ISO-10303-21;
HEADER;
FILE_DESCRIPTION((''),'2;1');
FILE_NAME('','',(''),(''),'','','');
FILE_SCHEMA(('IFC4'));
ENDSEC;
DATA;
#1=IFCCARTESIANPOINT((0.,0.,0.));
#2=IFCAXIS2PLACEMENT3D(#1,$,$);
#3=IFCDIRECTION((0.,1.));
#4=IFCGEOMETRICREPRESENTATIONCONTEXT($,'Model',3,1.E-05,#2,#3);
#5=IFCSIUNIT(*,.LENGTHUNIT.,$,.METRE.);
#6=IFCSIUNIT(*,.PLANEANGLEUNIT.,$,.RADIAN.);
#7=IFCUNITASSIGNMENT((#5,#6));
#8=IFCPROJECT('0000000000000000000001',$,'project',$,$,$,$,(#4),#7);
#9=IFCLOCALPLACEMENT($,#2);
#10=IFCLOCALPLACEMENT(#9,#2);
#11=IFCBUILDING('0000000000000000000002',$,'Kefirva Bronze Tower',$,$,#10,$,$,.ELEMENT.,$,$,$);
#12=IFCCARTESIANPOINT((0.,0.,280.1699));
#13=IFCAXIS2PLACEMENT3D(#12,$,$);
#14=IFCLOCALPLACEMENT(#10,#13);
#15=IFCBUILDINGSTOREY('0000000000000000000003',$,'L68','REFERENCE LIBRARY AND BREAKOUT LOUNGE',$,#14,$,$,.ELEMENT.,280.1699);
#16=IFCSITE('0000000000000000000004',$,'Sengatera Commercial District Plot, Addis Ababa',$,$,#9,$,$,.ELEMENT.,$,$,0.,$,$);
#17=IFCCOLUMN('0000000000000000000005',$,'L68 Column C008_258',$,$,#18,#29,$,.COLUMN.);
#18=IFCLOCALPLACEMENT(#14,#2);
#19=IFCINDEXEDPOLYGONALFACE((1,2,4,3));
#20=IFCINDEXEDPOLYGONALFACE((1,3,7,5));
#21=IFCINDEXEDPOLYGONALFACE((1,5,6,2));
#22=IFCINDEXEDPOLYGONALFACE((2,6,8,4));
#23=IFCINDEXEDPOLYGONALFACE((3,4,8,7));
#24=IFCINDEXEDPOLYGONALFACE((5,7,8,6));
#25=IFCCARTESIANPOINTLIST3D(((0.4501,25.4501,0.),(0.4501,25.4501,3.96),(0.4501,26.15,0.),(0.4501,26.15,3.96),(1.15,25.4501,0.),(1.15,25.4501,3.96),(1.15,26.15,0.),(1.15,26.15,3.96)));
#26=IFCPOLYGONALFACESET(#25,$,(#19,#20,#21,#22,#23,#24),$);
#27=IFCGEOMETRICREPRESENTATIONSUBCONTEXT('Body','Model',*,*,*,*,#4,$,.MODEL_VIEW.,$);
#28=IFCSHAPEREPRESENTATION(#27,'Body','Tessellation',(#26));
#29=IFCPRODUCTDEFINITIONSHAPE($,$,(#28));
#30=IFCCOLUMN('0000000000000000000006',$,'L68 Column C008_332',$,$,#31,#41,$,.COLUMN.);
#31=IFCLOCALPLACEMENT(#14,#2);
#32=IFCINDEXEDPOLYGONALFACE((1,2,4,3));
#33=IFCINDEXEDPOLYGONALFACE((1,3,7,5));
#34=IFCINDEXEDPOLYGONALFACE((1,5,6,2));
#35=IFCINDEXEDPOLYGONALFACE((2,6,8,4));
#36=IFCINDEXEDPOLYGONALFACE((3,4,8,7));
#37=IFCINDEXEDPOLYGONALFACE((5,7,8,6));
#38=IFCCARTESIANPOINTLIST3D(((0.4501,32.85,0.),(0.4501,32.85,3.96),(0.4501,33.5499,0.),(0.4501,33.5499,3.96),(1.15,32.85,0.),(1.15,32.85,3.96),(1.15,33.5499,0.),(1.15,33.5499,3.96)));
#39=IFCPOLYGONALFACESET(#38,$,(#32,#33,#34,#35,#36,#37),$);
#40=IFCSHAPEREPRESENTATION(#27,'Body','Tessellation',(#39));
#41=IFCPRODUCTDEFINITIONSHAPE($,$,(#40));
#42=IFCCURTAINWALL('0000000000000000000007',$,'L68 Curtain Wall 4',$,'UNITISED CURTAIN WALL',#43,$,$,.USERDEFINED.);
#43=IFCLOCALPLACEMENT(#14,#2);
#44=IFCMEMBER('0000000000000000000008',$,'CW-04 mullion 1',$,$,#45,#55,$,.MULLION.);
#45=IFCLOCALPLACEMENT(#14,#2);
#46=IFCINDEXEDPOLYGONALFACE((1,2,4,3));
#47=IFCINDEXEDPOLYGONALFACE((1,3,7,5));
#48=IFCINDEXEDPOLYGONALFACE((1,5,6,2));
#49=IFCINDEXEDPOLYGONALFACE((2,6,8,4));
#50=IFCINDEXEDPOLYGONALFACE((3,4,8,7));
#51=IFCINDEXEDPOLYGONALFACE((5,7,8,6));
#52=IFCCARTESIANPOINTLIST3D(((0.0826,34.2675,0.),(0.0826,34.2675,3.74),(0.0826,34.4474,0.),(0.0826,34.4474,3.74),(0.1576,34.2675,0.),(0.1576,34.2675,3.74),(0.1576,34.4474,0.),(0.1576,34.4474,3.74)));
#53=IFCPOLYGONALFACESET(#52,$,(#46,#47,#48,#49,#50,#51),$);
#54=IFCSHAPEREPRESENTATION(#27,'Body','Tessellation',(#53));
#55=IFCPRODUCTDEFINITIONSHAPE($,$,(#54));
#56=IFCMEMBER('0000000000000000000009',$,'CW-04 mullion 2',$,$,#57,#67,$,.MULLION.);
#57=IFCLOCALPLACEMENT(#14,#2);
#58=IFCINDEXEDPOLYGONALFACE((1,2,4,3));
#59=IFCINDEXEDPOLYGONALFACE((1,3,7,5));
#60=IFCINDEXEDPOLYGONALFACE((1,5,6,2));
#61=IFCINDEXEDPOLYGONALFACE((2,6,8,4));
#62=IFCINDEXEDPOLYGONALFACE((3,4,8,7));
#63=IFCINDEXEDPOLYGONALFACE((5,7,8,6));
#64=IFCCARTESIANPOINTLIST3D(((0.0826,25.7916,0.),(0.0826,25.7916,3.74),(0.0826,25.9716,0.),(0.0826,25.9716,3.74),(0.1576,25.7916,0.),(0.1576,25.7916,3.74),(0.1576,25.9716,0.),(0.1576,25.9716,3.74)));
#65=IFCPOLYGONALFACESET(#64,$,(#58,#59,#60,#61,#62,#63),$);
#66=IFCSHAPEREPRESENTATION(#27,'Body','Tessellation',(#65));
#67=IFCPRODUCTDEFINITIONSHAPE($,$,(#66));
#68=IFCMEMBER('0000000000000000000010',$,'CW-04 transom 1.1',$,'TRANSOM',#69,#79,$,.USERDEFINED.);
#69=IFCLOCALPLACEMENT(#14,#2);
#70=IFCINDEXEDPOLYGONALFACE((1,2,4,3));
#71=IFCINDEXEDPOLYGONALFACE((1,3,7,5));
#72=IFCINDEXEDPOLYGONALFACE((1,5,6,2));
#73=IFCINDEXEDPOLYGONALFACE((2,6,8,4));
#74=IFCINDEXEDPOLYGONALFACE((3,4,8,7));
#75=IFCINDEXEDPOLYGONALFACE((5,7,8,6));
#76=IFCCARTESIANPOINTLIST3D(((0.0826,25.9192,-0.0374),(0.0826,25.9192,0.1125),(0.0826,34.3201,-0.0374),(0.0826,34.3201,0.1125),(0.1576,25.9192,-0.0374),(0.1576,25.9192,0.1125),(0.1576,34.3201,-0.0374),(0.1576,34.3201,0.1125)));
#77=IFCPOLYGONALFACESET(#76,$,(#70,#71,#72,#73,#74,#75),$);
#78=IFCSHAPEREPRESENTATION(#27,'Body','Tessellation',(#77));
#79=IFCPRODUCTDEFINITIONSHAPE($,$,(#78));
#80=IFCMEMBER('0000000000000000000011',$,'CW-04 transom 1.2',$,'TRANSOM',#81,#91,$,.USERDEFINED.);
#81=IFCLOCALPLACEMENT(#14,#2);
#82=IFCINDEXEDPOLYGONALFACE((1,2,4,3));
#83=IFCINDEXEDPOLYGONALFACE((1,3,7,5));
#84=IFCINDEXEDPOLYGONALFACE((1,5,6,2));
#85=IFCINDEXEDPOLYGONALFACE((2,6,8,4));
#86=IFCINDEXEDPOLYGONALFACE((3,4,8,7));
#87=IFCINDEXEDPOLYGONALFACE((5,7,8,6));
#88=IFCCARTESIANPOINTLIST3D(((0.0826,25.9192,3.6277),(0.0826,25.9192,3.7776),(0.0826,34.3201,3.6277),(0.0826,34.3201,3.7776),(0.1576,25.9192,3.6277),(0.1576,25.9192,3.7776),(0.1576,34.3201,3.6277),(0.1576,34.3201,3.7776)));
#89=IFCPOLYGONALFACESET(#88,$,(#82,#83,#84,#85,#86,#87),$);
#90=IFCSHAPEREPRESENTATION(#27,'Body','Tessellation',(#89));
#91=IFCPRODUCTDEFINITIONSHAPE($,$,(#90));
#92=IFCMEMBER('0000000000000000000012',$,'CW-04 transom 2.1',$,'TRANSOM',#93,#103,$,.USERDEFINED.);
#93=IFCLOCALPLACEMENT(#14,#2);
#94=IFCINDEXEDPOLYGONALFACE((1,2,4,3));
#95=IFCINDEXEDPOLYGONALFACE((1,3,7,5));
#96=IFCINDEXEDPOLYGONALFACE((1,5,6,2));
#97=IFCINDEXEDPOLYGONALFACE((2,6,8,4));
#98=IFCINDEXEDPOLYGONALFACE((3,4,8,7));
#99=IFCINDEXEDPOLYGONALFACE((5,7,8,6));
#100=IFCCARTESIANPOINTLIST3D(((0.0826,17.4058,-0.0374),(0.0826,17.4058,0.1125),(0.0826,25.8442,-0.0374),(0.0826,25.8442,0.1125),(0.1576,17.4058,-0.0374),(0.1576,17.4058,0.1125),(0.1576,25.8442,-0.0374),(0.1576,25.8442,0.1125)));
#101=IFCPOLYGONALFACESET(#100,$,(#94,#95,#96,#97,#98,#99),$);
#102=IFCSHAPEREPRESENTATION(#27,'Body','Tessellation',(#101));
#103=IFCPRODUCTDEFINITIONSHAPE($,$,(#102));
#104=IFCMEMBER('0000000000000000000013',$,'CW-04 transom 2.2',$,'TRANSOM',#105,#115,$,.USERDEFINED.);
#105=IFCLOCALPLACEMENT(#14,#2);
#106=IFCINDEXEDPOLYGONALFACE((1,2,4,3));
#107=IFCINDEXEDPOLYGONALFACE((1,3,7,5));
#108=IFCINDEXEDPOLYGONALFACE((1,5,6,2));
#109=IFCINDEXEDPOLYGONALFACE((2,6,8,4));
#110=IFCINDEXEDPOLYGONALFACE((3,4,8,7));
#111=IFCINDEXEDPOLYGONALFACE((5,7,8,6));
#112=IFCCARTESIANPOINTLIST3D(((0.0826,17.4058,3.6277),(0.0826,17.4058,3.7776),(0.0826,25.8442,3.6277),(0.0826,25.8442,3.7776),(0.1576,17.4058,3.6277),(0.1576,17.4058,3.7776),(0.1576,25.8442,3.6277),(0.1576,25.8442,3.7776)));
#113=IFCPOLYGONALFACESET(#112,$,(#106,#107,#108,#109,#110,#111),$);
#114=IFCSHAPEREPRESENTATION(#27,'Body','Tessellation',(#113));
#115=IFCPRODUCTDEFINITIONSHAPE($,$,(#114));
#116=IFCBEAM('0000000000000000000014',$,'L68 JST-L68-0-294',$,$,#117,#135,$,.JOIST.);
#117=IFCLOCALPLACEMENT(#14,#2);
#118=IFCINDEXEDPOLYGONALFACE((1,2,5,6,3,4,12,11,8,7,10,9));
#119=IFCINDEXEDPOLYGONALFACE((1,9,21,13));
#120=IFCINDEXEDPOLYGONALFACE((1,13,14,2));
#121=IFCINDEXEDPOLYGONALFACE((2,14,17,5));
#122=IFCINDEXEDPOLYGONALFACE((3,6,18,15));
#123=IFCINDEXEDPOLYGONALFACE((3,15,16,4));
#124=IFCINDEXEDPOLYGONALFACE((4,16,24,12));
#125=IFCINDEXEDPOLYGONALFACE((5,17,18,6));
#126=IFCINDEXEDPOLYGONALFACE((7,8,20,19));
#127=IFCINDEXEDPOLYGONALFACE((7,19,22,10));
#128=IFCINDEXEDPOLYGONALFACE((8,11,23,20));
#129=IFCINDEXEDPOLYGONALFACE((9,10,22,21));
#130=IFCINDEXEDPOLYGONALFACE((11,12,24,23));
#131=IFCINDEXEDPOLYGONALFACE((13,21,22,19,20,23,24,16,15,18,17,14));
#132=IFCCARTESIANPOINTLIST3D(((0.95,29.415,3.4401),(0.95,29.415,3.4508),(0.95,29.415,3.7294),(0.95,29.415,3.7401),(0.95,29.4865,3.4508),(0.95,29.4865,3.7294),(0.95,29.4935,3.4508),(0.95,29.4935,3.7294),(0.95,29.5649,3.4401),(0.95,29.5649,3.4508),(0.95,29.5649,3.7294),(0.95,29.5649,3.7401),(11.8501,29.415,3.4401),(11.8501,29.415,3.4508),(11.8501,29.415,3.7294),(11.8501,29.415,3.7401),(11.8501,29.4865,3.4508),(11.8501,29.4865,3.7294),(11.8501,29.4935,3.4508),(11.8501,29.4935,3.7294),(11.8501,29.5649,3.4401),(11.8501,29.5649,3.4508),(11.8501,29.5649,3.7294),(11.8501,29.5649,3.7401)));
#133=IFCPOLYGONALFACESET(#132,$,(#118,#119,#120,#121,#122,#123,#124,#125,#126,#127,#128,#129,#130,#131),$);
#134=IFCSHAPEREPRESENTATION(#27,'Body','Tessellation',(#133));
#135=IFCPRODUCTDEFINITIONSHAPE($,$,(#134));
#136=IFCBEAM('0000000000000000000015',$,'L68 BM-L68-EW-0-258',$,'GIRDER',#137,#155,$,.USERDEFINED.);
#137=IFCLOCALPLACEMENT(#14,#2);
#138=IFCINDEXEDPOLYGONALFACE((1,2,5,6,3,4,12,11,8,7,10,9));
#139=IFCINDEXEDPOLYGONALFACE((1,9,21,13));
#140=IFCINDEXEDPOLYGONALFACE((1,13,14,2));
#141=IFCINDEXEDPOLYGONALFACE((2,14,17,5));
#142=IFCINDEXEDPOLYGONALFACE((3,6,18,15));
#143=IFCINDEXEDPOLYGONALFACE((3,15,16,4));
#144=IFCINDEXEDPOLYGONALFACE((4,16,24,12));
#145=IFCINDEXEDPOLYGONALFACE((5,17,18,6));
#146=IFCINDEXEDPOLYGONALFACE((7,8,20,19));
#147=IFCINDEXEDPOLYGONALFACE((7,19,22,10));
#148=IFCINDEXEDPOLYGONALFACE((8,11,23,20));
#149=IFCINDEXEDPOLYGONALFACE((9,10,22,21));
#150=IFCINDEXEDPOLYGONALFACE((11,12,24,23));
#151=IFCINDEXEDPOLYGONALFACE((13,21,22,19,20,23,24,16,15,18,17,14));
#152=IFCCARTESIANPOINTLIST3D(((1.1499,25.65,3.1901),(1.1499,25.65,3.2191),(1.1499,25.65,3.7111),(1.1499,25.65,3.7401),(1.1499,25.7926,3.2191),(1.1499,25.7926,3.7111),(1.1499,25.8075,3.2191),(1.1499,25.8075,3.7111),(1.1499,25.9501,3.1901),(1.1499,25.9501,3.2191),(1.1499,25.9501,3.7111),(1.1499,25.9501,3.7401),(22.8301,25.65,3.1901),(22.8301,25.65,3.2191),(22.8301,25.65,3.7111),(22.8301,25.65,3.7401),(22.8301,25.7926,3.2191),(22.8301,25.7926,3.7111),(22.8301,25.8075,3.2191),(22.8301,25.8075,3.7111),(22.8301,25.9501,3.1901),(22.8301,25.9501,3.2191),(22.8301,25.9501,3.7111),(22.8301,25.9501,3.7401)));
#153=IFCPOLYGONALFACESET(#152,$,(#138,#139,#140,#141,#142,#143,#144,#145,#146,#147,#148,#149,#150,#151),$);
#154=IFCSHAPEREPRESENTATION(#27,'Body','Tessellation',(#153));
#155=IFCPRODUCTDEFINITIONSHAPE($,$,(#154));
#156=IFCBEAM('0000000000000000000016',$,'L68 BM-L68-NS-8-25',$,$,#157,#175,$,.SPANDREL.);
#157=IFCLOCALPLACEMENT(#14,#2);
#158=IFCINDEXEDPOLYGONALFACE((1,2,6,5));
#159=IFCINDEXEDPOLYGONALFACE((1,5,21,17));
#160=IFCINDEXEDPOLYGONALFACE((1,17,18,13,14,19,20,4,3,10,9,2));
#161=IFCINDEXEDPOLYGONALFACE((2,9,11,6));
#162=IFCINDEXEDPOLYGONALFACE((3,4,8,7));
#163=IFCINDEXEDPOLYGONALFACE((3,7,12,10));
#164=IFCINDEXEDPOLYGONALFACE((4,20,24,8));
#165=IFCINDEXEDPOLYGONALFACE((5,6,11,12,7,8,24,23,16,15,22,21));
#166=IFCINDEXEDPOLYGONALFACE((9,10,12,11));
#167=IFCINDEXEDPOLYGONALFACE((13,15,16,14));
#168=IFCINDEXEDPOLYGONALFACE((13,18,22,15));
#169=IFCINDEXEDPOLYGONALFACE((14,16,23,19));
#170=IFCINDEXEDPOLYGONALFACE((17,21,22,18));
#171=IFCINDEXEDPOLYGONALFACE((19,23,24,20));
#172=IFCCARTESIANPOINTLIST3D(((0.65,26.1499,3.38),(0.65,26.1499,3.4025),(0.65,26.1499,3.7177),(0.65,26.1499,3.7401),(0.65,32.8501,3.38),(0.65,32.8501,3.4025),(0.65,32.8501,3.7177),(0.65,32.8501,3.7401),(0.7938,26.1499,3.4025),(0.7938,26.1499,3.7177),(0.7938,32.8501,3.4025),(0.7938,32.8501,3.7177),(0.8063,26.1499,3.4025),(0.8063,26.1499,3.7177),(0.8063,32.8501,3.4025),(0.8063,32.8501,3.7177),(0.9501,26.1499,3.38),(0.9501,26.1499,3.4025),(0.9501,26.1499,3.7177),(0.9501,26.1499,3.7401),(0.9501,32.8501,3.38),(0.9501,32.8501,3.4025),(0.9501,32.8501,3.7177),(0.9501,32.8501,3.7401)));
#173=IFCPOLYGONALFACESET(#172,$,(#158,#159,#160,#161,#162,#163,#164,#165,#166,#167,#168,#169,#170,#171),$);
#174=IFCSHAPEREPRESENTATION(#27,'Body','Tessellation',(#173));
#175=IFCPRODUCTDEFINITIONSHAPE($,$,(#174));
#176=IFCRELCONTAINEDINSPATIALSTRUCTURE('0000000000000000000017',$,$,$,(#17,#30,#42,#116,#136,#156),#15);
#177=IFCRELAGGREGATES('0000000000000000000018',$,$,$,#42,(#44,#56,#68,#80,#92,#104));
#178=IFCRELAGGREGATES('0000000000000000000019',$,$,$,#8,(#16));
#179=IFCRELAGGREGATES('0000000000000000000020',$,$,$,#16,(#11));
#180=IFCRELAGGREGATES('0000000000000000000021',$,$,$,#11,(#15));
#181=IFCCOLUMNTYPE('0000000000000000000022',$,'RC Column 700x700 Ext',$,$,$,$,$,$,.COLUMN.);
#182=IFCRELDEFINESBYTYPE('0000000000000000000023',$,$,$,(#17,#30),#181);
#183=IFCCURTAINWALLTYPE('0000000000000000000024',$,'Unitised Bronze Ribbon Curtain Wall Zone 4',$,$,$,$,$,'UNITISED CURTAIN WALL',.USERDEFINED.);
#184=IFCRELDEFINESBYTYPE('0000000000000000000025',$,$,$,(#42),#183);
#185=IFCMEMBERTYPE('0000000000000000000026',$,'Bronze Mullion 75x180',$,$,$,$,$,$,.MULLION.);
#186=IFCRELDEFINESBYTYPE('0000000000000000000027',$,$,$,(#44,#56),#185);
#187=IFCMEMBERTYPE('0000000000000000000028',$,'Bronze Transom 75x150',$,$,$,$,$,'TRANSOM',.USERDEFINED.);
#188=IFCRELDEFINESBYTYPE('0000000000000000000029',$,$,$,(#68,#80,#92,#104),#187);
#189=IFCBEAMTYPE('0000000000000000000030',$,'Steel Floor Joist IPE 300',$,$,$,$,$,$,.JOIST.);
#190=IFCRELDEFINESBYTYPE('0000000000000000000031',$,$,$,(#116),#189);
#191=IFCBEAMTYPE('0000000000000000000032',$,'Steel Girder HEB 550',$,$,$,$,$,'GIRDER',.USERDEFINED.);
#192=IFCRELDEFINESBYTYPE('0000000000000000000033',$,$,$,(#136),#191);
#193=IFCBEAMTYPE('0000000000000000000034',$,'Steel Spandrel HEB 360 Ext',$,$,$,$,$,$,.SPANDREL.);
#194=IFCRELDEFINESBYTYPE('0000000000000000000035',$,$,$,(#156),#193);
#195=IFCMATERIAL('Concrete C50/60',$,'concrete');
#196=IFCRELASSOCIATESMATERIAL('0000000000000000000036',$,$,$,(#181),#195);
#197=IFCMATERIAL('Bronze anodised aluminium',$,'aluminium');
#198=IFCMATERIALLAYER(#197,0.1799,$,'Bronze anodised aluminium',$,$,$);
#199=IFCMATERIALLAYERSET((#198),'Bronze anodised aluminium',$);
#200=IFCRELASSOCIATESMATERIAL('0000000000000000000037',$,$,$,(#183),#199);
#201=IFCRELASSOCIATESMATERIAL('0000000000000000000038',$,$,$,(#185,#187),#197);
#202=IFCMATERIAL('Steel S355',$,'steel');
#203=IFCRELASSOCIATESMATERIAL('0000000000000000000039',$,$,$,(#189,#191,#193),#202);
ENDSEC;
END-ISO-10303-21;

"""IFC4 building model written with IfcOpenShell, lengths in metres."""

from ifc_helpers import new_model, si_unit, direction, frame, origin, origin_2d, place, context, subcontext, project, spatial, rectangle, i_section, extrude, material, layer, layer_set, material_profile, profile_set, type_object, element, aggregate, save


model = new_model("IFC4")

# Units and contexts
model_context = context("Model", 3, precision=1e-05, world=origin(), true_north=direction((0.0, 1.0)))
body_context = subcontext(model_context, "Body", "Model", "MODEL_VIEW")
ifc_project = project(units=[si_unit("LENGTHUNIT", "METRE"), si_unit("PLANEANGLEUNIT", "RADIAN")], contexts=[model_context])

# Site, building, storey
site_placement = place(None, origin())
site = spatial("IfcSite", under=ifc_project, at=site_placement, Name="Sengatera Commercial District Plot, Addis Ababa", CompositionType="ELEMENT", RefElevation=0.0)
building_placement = place(site_placement, origin())
building = spatial("IfcBuilding", under=site, at=building_placement, Name="Kefirva Bronze Tower", CompositionType="ELEMENT")
storey_placement = place(building_placement, frame((0.0, 0.0, 280.1699)))
storey = spatial("IfcBuildingStorey", under=building, at=storey_placement, Name="L68", Description="REFERENCE LIBRARY AND BREAKOUT LOUNGE", CompositionType="ELEMENT", Elevation=280.1699)

# Columns
ifc_material_1 = material(Name="Concrete C50/60", Category="concrete")
ifc_material_profile_1 = material_profile(ifc_material_1, rectangle(XDim=0.7, YDim=0.7, at=origin_2d()), Name="RC 700x700")
ifc_profile_set_1 = profile_set([ifc_material_profile_1], Name="Concrete C50/60")
column_type = type_object("IfcColumnType", Name="RC Column 700x700 Ext", PredefinedType="COLUMN", material=ifc_profile_set_1)
for number, where, z_axis, x_axis, name in (
    (1, (0.8, 25.8, 0.0), (0.0, 0.0, 1.0), (1.0, 0.0, 0.0), "L68 Column C008_258"),
    (2, (0.8, 33.2, 0.0), (0.0, 0.0, 1.0), (1.0, 0.0, 0.0), "L68 Column C008_332"),
):
    element("IfcColumn", number, at=place(storey_placement, frame(where, z_axis=z_axis, x_axis=x_axis)), inside=storey, type_object=column_type, Name=name, PredefinedType="COLUMN", context=body_context, shape_type="SweptSolid", body=[
        extrude(rectangle(XDim=0.7, YDim=0.7, at=origin_2d()), origin(), (0.0, 0.0, 1.0), 3.96),
    ])

# Curtain wall, members
ifc_material_2 = material(Name="Bronze anodised aluminium", Category="aluminium")
ifc_layer_1 = layer(ifc_material_2, 0.1799, Name="Bronze anodised aluminium")
ifc_layer_set_1 = layer_set([ifc_layer_1], Name="Bronze anodised aluminium")
curtain_wall_type = type_object("IfcCurtainWallType", Name="Unitised Bronze Ribbon Curtain Wall Zone 4", ElementType="UNITISED CURTAIN WALL", PredefinedType="USERDEFINED", material=ifc_layer_set_1)
curtain_wall_placement = place(storey_placement, origin())
curtain_wall = element("IfcCurtainWall", 3, at=curtain_wall_placement, inside=storey, type_object=curtain_wall_type, Name="L68 Curtain Wall 4", ObjectType="UNITISED CURTAIN WALL", PredefinedType="USERDEFINED")
ifc_material_profile_2 = material_profile(ifc_material_2, rectangle(XDim=0.075, YDim=0.1799, at=origin_2d()), Name="ALU 75x180")
ifc_profile_set_2 = profile_set([ifc_material_profile_2], Name="Bronze anodised aluminium")
member_type_1 = type_object("IfcMemberType", Name="Bronze Mullion 75x180", PredefinedType="MULLION", material=ifc_profile_set_2)
member_1_placement = place(storey_placement, frame((0.1201, 34.3574, 0.0), z_axis=(0.0, 0.0, 1.0), x_axis=(1.0, 0.0, 0.0)))
member_1 = element("IfcMember", 4, at=member_1_placement, type_object=member_type_1, Name="CW-04 mullion 1", PredefinedType="MULLION", context=body_context, shape_type="SweptSolid", body=[
    extrude(rectangle(XDim=0.075, YDim=0.1799, at=origin_2d()), origin(), (0.0, 0.0, 1.0), 3.74),
])
member_2_placement = place(storey_placement, frame((0.1201, 25.8816, 0.0), z_axis=(0.0, 0.0, 1.0), x_axis=(1.0, 0.0, 0.0)))
member_2 = element("IfcMember", 5, at=member_2_placement, type_object=member_type_1, Name="CW-04 mullion 2", PredefinedType="MULLION", context=body_context, shape_type="SweptSolid", body=[
    extrude(rectangle(XDim=0.075, YDim=0.1799, at=origin_2d()), origin(), (0.0, 0.0, 1.0), 3.74),
])
ifc_material_profile_3 = material_profile(ifc_material_2, rectangle(XDim=0.075, YDim=0.1499, at=origin_2d()), Name="ALU 75x150")
ifc_profile_set_3 = profile_set([ifc_material_profile_3], Name="Bronze anodised aluminium")
member_type_2 = type_object("IfcMemberType", Name="Bronze Transom 75x150", ElementType="TRANSOM", PredefinedType="USERDEFINED", material=ifc_profile_set_3)
member_3_placement = place(storey_placement, frame((0.1201, 34.3201, 0.0376), z_axis=(0.0, -1.0, 0.0), x_axis=(1.0, 0.0, 0.0)))
member_3 = element("IfcMember", 6, at=member_3_placement, type_object=member_type_2, Name="CW-04 transom 1.1", ObjectType="TRANSOM", PredefinedType="USERDEFINED", context=body_context, shape_type="SweptSolid", body=[
    extrude(rectangle(XDim=0.075, YDim=0.1499, at=origin_2d()), origin(), (0.0, 0.0, 1.0), 8.4009),
])
member_4_placement = place(storey_placement, frame((0.1201, 34.3201, 3.7026), z_axis=(0.0, -1.0, 0.0), x_axis=(1.0, 0.0, 0.0)))
member_4 = element("IfcMember", 7, at=member_4_placement, type_object=member_type_2, Name="CW-04 transom 1.2", ObjectType="TRANSOM", PredefinedType="USERDEFINED", context=body_context, shape_type="SweptSolid", body=[
    extrude(rectangle(XDim=0.075, YDim=0.1499, at=origin_2d()), origin(), (0.0, 0.0, 1.0), 8.4009),
])
member_5_placement = place(storey_placement, frame((0.1201, 25.8442, 0.0376), z_axis=(0.0, -1.0, 0.0), x_axis=(1.0, 0.0, 0.0)))
member_5 = element("IfcMember", 8, at=member_5_placement, type_object=member_type_2, Name="CW-04 transom 2.1", ObjectType="TRANSOM", PredefinedType="USERDEFINED", context=body_context, shape_type="SweptSolid", body=[
    extrude(rectangle(XDim=0.075, YDim=0.1499, at=origin_2d()), origin(), (0.0, 0.0, 1.0), 8.4385),
])
member_6_placement = place(storey_placement, frame((0.1201, 25.8442, 3.7026), z_axis=(0.0, -1.0, 0.0), x_axis=(1.0, 0.0, 0.0)))
member_6 = element("IfcMember", 9, at=member_6_placement, type_object=member_type_2, Name="CW-04 transom 2.2", ObjectType="TRANSOM", PredefinedType="USERDEFINED", context=body_context, shape_type="SweptSolid", body=[
    extrude(rectangle(XDim=0.075, YDim=0.1499, at=origin_2d()), origin(), (0.0, 0.0, 1.0), 8.4385),
])

# Beams
ifc_material_3 = material(Name="Steel S355", Category="steel")
ifc_material_profile_4 = material_profile(ifc_material_3, i_section(OverallWidth=0.1499, OverallDepth=0.3, WebThickness=0.0071, FlangeThickness=0.0107, at=origin_2d()), Name="IPE 300")
ifc_profile_set_4 = profile_set([ifc_material_profile_4], Name="Steel S355")
beam_type_1 = type_object("IfcBeamType", Name="Steel Floor Joist IPE 300", PredefinedType="JOIST", material=ifc_profile_set_4)
beam_1_placement = place(storey_placement, frame((0.95, 29.49, 3.5901), z_axis=(1.0, 0.0, 0.0), x_axis=(0.0, 1.0, 0.0)))
element("IfcBeam", 10, at=beam_1_placement, inside=storey, type_object=beam_type_1, Name="L68 JST-L68-0-294", PredefinedType="JOIST", context=body_context, shape_type="SweptSolid", body=[
    extrude(i_section(OverallWidth=0.1499, OverallDepth=0.3, WebThickness=0.0071, FlangeThickness=0.0107, at=origin_2d()), origin(), (0.0, 0.0, 1.0), 10.9001),
])
ifc_material_profile_5 = material_profile(ifc_material_3, i_section(OverallWidth=0.3, OverallDepth=0.55, WebThickness=0.0149, FlangeThickness=0.0291, at=origin_2d()), Name="HEB 550")
ifc_profile_set_5 = profile_set([ifc_material_profile_5], Name="Steel S355")
beam_type_2 = type_object("IfcBeamType", Name="Steel Girder HEB 550", ElementType="GIRDER", PredefinedType="USERDEFINED", material=ifc_profile_set_5)
beam_2_placement = place(storey_placement, frame((1.1499, 25.8, 3.4651), z_axis=(1.0, 0.0, 0.0), x_axis=(0.0, 1.0, 0.0)))
element("IfcBeam", 11, at=beam_2_placement, inside=storey, type_object=beam_type_2, Name="L68 BM-L68-EW-0-258", ObjectType="GIRDER", PredefinedType="USERDEFINED", context=body_context, shape_type="SweptSolid", body=[
    extrude(i_section(OverallWidth=0.3, OverallDepth=0.55, WebThickness=0.0149, FlangeThickness=0.0291, at=origin_2d()), origin(), (0.0, 0.0, 1.0), 21.6802),
])
ifc_material_profile_6 = material_profile(ifc_material_3, i_section(OverallWidth=0.3, OverallDepth=0.3601, WebThickness=0.0125, FlangeThickness=0.0225, at=origin_2d()), Name="HEB 360")
ifc_profile_set_6 = profile_set([ifc_material_profile_6], Name="Steel S355")
beam_type_3 = type_object("IfcBeamType", Name="Steel Spandrel HEB 360 Ext", PredefinedType="SPANDREL", material=ifc_profile_set_6)
beam_3_placement = place(storey_placement, frame((0.8, 26.1499, 3.5601), z_axis=(0.0, 1.0, 0.0), x_axis=(-1.0, 0.0, 0.0)))
element("IfcBeam", 12, at=beam_3_placement, inside=storey, type_object=beam_type_3, Name="L68 BM-L68-NS-8-25", PredefinedType="SPANDREL", context=body_context, shape_type="SweptSolid", body=[
    extrude(i_section(OverallWidth=0.3, OverallDepth=0.3601, WebThickness=0.0125, FlangeThickness=0.0225, at=origin_2d()), origin(), (0.0, 0.0, 1.0), 6.7002),
])

aggregate(curtain_wall, [member_1, member_2, member_3, member_4, member_5, member_6])

save(model, "model.ifc")
